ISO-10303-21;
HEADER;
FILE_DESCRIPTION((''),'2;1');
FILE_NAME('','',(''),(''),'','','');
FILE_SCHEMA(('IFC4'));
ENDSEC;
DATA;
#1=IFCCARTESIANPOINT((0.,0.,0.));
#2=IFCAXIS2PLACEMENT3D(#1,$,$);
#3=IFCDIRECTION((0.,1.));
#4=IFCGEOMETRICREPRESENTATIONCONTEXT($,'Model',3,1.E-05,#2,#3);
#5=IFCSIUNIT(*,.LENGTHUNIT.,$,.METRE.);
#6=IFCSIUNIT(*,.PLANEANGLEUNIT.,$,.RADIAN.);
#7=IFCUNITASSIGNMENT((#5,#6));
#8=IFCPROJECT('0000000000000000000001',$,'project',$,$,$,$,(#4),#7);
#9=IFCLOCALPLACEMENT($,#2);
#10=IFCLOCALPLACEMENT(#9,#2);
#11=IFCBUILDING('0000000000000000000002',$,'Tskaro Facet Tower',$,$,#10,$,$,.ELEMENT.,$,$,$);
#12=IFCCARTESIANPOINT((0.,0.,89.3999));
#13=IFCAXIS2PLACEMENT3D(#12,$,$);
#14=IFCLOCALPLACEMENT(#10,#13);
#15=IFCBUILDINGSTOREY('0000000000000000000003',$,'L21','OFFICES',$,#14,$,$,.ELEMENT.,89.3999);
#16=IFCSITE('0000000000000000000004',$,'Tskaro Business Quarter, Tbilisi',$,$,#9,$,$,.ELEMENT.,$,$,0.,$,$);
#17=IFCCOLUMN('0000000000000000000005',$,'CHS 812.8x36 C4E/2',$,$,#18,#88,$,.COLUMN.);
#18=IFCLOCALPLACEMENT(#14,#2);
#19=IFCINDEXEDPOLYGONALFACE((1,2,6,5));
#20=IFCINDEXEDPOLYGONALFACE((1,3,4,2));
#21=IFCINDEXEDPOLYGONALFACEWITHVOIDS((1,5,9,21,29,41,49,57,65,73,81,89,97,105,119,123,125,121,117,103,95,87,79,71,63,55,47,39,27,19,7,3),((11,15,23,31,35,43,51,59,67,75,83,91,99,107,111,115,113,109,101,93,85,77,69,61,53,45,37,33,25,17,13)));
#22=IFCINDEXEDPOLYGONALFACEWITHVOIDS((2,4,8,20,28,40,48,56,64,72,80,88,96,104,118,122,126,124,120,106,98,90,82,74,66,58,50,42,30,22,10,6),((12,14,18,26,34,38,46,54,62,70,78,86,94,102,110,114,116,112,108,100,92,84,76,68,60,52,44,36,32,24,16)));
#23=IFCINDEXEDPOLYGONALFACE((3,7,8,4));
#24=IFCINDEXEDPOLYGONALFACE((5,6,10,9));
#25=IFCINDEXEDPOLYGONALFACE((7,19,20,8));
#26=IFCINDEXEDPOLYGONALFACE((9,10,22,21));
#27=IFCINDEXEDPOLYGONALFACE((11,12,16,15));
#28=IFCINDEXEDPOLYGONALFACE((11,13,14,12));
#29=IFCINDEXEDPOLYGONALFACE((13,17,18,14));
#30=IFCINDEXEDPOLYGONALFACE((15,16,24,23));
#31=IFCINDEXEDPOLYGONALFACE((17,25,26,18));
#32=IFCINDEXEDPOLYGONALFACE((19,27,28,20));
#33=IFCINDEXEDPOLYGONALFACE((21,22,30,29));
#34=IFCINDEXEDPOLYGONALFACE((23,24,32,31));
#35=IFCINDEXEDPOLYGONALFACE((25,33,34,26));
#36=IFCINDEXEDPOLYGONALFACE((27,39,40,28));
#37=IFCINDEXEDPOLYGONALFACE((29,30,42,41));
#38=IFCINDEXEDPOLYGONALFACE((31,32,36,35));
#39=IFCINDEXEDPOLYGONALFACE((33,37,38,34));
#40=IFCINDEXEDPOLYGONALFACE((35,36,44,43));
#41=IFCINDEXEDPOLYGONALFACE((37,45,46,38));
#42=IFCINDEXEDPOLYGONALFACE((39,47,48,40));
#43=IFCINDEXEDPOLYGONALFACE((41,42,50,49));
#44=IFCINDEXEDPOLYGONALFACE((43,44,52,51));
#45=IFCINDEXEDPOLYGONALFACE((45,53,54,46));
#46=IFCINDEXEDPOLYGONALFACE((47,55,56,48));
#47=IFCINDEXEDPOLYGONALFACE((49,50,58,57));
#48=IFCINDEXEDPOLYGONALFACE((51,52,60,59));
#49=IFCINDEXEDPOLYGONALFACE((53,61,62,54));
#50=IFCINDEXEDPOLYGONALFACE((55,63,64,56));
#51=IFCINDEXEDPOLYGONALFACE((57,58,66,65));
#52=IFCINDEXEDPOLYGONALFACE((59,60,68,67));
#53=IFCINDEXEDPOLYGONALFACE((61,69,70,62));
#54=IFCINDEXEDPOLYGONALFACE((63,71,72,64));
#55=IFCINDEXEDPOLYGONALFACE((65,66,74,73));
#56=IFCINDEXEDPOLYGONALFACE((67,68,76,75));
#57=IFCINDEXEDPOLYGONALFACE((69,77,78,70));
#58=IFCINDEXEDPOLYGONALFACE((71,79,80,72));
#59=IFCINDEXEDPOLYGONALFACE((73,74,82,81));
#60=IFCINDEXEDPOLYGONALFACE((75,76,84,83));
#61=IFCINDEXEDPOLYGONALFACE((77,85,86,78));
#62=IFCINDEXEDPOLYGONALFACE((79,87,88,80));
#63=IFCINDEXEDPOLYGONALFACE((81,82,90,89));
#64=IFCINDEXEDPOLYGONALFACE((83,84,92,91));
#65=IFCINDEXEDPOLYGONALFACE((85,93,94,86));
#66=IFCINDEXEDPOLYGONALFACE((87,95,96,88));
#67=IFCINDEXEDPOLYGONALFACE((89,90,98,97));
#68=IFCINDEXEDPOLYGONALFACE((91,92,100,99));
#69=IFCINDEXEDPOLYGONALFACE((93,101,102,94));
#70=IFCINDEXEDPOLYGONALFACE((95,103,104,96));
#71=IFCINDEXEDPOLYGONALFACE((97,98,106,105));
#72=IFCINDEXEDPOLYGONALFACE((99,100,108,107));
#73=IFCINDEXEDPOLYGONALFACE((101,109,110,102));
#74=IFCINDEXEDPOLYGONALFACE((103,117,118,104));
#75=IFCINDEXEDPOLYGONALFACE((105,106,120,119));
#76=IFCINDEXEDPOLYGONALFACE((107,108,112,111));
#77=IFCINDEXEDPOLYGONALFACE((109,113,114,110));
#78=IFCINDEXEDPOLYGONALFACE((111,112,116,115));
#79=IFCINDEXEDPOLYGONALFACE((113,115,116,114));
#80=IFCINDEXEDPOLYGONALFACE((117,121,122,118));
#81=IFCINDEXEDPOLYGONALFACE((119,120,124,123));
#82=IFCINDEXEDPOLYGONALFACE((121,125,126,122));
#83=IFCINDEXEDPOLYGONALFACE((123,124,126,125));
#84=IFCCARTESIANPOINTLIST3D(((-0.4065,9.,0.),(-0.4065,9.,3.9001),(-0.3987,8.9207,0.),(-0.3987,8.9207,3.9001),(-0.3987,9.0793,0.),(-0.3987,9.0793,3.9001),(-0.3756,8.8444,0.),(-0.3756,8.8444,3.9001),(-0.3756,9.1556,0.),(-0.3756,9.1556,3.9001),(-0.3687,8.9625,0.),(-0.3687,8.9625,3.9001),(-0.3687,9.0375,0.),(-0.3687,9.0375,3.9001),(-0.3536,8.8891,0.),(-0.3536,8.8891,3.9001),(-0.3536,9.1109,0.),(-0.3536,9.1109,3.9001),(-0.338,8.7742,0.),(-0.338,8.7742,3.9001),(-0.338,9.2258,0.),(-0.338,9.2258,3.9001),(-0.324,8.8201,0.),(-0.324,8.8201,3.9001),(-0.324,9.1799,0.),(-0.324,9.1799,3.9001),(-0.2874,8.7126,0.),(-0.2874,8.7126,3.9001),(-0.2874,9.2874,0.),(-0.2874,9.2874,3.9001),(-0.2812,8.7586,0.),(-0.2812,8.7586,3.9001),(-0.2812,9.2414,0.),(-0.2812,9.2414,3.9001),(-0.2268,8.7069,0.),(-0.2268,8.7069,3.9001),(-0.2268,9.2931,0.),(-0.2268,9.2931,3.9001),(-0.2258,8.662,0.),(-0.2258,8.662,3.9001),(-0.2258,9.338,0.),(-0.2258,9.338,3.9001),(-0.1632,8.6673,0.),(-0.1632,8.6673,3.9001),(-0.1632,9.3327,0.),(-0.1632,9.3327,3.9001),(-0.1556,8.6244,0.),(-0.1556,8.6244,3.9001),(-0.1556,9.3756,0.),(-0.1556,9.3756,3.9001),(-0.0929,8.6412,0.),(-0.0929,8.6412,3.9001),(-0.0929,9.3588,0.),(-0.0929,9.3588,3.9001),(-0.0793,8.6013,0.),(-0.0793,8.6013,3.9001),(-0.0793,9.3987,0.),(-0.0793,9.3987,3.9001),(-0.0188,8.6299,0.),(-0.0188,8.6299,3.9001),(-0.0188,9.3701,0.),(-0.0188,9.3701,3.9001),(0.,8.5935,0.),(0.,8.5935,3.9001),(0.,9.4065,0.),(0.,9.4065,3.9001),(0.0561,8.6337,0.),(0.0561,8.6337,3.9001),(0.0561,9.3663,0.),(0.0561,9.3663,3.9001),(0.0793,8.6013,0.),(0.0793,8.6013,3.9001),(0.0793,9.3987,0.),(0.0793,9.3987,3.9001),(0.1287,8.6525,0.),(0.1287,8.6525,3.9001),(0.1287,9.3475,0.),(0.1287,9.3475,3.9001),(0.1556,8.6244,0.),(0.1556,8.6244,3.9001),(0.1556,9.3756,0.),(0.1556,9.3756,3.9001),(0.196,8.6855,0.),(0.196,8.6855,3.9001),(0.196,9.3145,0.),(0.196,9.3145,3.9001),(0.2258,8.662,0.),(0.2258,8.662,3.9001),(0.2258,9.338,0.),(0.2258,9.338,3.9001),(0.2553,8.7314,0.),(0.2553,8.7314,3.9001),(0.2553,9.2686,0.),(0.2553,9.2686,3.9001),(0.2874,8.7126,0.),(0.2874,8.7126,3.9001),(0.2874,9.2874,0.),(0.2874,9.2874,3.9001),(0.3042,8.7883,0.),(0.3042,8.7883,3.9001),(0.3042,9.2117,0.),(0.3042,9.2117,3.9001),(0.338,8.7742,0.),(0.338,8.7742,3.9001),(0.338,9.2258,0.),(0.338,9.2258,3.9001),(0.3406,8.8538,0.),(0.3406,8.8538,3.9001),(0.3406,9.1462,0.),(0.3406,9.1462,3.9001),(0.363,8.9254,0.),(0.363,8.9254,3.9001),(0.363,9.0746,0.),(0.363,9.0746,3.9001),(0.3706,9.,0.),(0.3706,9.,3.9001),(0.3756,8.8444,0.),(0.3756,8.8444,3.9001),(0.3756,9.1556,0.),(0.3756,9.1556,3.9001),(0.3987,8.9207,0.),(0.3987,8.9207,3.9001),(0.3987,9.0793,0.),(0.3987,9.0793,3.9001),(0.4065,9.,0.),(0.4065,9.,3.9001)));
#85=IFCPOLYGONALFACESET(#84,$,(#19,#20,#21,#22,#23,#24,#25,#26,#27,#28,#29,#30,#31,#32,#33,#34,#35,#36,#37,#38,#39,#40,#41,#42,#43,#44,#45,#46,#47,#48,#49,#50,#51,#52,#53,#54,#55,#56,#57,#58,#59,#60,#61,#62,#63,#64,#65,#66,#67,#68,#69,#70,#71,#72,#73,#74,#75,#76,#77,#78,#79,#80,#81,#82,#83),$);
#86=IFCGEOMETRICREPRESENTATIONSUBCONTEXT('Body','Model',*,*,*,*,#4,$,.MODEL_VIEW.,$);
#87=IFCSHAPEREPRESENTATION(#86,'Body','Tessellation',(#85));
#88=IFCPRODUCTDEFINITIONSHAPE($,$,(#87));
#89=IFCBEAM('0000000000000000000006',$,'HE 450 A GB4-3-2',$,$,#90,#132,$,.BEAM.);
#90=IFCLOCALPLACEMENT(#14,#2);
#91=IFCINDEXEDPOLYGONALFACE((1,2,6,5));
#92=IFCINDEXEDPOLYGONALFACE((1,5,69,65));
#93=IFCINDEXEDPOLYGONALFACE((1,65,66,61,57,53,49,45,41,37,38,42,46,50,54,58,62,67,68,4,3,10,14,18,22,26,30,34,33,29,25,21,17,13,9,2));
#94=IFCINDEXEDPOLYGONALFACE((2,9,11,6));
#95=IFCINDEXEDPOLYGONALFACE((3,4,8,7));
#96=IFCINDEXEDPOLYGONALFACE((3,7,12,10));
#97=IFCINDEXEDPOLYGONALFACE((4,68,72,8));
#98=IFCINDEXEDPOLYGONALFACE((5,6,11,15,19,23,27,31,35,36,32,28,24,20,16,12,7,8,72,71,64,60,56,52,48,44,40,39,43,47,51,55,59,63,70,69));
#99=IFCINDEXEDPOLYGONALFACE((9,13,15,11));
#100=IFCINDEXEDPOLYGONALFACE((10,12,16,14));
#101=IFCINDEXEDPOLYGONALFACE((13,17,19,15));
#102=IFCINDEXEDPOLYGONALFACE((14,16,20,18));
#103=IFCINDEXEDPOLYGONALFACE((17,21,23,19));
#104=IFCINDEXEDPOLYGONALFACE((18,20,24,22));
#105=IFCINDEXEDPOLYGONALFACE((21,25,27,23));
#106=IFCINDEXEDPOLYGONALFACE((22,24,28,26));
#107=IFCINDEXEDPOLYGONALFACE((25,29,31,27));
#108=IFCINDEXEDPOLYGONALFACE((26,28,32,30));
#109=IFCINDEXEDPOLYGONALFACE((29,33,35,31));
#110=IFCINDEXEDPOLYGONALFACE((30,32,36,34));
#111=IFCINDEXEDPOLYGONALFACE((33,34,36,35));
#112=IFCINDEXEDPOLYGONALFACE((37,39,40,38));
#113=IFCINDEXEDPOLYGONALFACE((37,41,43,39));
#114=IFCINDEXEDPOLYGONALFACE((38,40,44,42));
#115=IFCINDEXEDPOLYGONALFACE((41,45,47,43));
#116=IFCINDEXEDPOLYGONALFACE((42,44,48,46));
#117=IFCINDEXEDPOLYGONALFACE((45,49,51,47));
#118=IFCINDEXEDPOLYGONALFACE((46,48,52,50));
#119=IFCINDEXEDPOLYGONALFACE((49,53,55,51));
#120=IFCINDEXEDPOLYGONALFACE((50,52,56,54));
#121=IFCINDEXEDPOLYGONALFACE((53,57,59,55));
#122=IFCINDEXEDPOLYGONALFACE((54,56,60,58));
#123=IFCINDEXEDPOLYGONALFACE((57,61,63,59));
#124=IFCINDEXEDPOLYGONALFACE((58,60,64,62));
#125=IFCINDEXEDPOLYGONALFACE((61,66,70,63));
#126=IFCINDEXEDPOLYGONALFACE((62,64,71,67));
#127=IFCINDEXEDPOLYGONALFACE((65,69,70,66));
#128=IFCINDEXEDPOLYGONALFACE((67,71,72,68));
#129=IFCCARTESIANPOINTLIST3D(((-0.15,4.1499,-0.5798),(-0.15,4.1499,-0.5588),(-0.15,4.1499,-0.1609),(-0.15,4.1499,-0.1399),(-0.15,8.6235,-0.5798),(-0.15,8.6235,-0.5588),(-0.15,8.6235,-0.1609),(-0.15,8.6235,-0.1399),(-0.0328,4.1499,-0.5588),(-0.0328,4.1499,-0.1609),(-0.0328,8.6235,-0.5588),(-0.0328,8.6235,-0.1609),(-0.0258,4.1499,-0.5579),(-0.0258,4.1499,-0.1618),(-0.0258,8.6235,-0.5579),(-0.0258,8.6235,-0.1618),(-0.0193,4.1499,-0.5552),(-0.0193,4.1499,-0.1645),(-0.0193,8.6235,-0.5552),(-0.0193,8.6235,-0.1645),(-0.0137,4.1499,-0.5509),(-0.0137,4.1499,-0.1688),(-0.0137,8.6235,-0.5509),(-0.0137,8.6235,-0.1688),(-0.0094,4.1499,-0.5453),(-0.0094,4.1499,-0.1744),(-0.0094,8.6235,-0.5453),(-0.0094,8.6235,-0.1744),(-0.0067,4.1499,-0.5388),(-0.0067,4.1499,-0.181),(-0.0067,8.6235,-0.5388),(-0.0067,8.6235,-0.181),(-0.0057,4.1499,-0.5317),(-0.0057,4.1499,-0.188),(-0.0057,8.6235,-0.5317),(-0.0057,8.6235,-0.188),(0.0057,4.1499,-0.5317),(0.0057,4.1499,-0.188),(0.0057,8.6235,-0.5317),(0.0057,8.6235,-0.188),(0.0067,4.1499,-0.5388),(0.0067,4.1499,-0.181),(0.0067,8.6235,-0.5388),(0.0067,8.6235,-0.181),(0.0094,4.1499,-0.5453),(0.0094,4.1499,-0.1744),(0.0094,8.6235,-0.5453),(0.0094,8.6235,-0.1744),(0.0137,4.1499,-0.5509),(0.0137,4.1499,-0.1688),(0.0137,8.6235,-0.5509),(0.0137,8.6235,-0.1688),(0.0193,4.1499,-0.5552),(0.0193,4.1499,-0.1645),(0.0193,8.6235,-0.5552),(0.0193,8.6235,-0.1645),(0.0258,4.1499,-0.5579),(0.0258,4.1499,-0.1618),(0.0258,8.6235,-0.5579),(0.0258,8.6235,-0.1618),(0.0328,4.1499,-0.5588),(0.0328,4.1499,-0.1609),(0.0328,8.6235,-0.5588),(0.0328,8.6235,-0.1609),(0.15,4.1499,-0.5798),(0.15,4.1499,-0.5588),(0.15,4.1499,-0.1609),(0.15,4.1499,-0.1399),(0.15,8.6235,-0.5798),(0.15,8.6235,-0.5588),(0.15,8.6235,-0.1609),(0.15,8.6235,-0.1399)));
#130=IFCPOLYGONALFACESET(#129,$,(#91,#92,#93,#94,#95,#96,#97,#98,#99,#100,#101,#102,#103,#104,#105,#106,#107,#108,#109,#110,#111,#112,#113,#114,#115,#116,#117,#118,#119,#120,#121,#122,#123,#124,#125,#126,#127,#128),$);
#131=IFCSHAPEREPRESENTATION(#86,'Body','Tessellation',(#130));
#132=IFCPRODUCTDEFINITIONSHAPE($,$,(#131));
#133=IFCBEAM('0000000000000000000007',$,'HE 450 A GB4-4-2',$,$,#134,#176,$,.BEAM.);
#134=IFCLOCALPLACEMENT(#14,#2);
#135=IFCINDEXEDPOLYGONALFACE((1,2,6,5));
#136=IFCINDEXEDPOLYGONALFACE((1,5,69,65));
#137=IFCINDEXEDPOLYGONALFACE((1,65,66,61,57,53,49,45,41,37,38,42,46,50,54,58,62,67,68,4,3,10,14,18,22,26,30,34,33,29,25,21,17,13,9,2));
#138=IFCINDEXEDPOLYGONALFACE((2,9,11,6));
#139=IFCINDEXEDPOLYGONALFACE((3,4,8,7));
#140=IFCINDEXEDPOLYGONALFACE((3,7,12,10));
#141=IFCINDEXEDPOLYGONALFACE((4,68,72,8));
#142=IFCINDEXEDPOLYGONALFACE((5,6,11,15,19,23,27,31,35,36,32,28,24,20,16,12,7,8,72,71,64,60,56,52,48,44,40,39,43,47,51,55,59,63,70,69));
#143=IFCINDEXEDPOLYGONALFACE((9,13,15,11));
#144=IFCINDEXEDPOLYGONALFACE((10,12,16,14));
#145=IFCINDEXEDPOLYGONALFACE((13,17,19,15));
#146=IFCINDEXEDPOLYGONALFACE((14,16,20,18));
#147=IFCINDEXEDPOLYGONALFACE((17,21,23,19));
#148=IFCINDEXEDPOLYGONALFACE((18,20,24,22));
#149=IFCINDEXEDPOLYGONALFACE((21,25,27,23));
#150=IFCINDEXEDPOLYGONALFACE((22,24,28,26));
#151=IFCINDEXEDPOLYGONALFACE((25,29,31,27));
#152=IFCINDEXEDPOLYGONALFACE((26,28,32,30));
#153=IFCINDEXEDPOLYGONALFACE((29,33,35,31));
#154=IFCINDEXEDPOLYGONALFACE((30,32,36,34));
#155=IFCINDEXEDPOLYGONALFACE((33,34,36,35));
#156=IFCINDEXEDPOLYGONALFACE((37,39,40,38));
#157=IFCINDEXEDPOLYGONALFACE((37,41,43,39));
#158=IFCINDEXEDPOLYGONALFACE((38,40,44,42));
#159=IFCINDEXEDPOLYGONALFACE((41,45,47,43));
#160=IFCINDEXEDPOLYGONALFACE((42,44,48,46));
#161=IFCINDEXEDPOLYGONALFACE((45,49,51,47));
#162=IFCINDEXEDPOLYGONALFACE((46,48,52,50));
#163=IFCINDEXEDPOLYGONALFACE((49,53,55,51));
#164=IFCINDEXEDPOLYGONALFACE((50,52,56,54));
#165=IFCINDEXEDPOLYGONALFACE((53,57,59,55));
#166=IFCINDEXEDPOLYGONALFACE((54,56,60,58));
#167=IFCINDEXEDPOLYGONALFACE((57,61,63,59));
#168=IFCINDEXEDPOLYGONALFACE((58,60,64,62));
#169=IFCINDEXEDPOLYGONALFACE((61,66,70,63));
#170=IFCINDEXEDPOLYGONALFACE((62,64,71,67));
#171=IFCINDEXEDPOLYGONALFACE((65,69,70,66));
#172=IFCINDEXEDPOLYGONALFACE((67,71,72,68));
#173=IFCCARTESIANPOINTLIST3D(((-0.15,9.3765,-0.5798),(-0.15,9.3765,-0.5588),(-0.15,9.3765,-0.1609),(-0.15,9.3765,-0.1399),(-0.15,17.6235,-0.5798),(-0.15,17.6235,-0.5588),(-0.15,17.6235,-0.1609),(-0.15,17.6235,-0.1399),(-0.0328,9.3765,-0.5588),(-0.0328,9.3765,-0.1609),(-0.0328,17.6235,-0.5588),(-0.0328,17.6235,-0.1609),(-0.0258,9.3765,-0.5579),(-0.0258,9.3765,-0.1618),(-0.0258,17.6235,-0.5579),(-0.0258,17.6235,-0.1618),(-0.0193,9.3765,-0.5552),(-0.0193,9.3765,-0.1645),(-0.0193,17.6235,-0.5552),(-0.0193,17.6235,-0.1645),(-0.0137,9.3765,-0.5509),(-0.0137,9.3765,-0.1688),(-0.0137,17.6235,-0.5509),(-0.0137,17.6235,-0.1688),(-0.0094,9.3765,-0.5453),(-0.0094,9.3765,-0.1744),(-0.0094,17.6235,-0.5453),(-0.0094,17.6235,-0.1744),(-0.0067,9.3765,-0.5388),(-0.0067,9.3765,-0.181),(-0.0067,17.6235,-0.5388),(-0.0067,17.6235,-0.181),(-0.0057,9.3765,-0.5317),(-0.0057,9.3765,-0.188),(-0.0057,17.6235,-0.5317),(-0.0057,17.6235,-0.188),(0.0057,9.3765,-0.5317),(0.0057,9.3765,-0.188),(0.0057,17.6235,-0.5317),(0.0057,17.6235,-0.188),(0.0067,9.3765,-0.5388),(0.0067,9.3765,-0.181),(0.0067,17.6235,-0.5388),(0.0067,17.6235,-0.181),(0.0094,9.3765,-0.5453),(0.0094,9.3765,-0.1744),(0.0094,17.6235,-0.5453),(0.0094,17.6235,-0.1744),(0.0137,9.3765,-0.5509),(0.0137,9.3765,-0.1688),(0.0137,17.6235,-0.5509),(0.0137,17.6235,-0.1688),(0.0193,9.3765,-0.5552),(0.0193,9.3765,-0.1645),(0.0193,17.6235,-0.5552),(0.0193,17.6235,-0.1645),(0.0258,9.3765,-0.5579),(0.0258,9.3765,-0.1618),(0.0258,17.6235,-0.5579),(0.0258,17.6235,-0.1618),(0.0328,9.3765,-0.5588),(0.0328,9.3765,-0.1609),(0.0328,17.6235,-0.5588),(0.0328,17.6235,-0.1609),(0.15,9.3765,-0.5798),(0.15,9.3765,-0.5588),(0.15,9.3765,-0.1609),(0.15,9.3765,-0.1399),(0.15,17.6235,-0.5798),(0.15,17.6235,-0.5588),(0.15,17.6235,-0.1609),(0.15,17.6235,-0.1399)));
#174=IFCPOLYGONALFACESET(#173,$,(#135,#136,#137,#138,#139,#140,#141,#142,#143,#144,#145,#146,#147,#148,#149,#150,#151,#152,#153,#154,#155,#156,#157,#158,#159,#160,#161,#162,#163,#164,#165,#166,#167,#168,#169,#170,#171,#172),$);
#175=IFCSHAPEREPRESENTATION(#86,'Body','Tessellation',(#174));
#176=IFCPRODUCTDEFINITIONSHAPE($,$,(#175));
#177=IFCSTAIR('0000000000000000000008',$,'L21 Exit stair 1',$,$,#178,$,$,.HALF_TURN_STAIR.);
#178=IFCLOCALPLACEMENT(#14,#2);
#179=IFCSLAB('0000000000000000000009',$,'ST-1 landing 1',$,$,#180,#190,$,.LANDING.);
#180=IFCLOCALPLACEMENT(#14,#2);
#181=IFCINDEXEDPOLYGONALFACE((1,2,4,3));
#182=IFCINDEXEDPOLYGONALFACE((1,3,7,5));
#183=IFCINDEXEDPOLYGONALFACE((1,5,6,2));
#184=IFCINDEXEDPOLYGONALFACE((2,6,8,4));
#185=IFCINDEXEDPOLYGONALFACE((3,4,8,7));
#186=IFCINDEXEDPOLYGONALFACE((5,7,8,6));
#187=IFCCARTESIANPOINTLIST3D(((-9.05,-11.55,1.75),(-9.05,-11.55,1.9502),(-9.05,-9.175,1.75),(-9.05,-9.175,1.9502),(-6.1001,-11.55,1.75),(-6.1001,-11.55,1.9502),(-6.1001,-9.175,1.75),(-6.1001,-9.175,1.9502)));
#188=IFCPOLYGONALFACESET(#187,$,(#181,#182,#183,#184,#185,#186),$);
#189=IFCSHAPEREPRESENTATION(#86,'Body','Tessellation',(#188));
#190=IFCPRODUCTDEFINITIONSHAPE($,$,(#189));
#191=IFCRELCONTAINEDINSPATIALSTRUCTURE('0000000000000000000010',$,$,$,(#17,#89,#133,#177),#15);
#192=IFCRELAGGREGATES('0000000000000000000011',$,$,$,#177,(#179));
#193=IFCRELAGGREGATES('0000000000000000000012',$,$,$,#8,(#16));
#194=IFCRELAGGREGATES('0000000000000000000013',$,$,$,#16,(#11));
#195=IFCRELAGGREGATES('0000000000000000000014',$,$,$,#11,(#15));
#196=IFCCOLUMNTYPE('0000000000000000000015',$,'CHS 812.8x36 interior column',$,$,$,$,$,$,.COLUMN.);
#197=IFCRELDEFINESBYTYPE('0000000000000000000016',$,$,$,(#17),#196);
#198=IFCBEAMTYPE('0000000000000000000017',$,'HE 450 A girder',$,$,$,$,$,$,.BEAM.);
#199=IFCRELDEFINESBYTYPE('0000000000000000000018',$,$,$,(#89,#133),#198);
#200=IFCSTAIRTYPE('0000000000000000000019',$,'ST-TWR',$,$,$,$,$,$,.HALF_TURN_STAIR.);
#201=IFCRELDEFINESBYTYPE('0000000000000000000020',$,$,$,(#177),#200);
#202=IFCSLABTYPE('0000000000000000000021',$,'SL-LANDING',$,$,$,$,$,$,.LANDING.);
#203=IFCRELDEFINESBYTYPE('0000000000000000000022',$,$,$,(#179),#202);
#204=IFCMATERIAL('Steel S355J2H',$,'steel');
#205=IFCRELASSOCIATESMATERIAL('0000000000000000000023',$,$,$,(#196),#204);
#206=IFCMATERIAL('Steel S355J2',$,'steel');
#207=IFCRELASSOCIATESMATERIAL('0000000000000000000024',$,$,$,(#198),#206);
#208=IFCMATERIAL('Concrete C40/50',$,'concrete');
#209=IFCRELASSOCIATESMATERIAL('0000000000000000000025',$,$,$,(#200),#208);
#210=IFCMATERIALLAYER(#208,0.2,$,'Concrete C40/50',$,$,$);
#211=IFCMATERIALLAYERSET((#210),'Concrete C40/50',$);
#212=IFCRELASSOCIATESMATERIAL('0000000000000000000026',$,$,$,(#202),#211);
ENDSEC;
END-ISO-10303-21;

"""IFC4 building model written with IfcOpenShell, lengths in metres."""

from ifc_helpers import new_model, si_unit, direction, frame, origin, origin_2d, place, context, subcontext, project, spatial, polyline, hollow_circle, i_section, outline, extrude, material, layer, layer_set, material_profile, profile_set, type_object, element, aggregate, save


model = new_model("IFC4")

# Units and contexts
model_context = context("Model", 3, precision=1e-05, world=origin(), true_north=direction((0.0, 1.0)))
body_context = subcontext(model_context, "Body", "Model", "MODEL_VIEW")
ifc_project = project(units=[si_unit("LENGTHUNIT", "METRE"), si_unit("PLANEANGLEUNIT", "RADIAN")], contexts=[model_context])

# Site, building, storey
site_placement = place(None, origin())
site = spatial("IfcSite", under=ifc_project, at=site_placement, Name="Tskaro Business Quarter, Tbilisi", CompositionType="ELEMENT", RefElevation=0.0)
building_placement = place(site_placement, origin())
building = spatial("IfcBuilding", under=site, at=building_placement, Name="Tskaro Facet Tower", CompositionType="ELEMENT")
storey_placement = place(building_placement, frame((0.0, 0.0, 89.3999)))
storey = spatial("IfcBuildingStorey", under=building, at=storey_placement, Name="L21", Description="OFFICES", CompositionType="ELEMENT", Elevation=89.3999)

# Column
ifc_material_1 = material(Name="Steel S355J2H", Category="steel")
ifc_material_profile_1 = material_profile(ifc_material_1, hollow_circle(Radius=0.4065, WallThickness=0.0359, at=origin_2d()), Name="CHS 812.8x36")
ifc_profile_set_1 = profile_set([ifc_material_profile_1], Name="Steel S355J2H")
column_type = type_object("IfcColumnType", Name="CHS 812.8x36 interior column", PredefinedType="COLUMN", material=ifc_profile_set_1)
column_placement = place(storey_placement, frame((0.0, 9.0, 0.0), z_axis=(0.0, 0.0, 1.0), x_axis=(1.0, 0.0, 0.0)))
element("IfcColumn", 1, at=column_placement, inside=storey, type_object=column_type, Name="CHS 812.8x36 C4E/2", PredefinedType="COLUMN", context=body_context, shape_type="SweptSolid", body=[
    extrude(hollow_circle(Radius=0.4065, WallThickness=0.0359, at=origin_2d()), origin(), (0.0, 0.0, 1.0), 3.9001),
])

# Beams
ifc_material_2 = material(Name="Steel S355J2", Category="steel")
ifc_material_profile_2 = material_profile(ifc_material_2, i_section(OverallWidth=0.3, OverallDepth=0.4399, WebThickness=0.0115, FlangeThickness=0.021, FilletRadius=0.0271, at=origin_2d()), Name="HE 450 A")
ifc_profile_set_2 = profile_set([ifc_material_profile_2], Name="Steel S355J2")
beam_type = type_object("IfcBeamType", Name="HE 450 A girder", PredefinedType="BEAM", material=ifc_profile_set_2)
beam_1_placement = place(storey_placement, frame((0.0, 4.1499, -0.3599), z_axis=(0.0, 1.0, 0.0), x_axis=(-1.0, 0.0, 0.0)))
element("IfcBeam", 2, at=beam_1_placement, inside=storey, type_object=beam_type, Name="HE 450 A GB4-3-2", PredefinedType="BEAM", context=body_context, shape_type="SweptSolid", body=[
    extrude(i_section(OverallWidth=0.3, OverallDepth=0.4399, WebThickness=0.0115, FlangeThickness=0.021, FilletRadius=0.0271, at=origin_2d()), origin(), (0.0, 0.0, 1.0), 4.4736),
])
beam_2_placement = place(storey_placement, frame((0.0, 9.3765, -0.3599), z_axis=(0.0, 1.0, 0.0), x_axis=(-1.0, 0.0, 0.0)))
element("IfcBeam", 3, at=beam_2_placement, inside=storey, type_object=beam_type, Name="HE 450 A GB4-4-2", PredefinedType="BEAM", context=body_context, shape_type="SweptSolid", body=[
    extrude(i_section(OverallWidth=0.3, OverallDepth=0.4399, WebThickness=0.0115, FlangeThickness=0.021, FilletRadius=0.0271, at=origin_2d()), origin(), (0.0, 0.0, 1.0), 8.2471),
])

# Stair, slab
ifc_material_3 = material(Name="Concrete C40/50", Category="concrete")
stair_type = type_object("IfcStairType", Name="ST-TWR", PredefinedType="HALF_TURN_STAIR", material=ifc_material_3)
stair_1_placement = place(storey_placement, origin())
stair_1 = element("IfcStair", 4, at=stair_1_placement, inside=storey, type_object=stair_type, Name="L21 Exit stair 1", PredefinedType="HALF_TURN_STAIR")
ifc_layer_1 = layer(ifc_material_3, 0.2, Name="Concrete C40/50")
ifc_layer_set_1 = layer_set([ifc_layer_1], Name="Concrete C40/50")
slab_type = type_object("IfcSlabType", Name="SL-LANDING", PredefinedType="LANDING", material=ifc_layer_set_1)
slab_1_placement = place(storey_placement, frame((0.0, 0.0, 1.75)))
slab_1 = element("IfcSlab", 5, at=slab_1_placement, type_object=slab_type, Name="ST-1 landing 1", PredefinedType="LANDING", context=body_context, shape_type="SweptSolid", body=[
    extrude(outline(polyline([(-9.05, -11.55), (-6.1001, -11.55), (-6.1001, -9.175), (-9.05, -9.175), (-9.05, -11.55)])), origin(), (0.0, 0.0, 1.0), 0.2002),
])
aggregate(stair_1, [slab_1])

save(model, "model.ifc")
